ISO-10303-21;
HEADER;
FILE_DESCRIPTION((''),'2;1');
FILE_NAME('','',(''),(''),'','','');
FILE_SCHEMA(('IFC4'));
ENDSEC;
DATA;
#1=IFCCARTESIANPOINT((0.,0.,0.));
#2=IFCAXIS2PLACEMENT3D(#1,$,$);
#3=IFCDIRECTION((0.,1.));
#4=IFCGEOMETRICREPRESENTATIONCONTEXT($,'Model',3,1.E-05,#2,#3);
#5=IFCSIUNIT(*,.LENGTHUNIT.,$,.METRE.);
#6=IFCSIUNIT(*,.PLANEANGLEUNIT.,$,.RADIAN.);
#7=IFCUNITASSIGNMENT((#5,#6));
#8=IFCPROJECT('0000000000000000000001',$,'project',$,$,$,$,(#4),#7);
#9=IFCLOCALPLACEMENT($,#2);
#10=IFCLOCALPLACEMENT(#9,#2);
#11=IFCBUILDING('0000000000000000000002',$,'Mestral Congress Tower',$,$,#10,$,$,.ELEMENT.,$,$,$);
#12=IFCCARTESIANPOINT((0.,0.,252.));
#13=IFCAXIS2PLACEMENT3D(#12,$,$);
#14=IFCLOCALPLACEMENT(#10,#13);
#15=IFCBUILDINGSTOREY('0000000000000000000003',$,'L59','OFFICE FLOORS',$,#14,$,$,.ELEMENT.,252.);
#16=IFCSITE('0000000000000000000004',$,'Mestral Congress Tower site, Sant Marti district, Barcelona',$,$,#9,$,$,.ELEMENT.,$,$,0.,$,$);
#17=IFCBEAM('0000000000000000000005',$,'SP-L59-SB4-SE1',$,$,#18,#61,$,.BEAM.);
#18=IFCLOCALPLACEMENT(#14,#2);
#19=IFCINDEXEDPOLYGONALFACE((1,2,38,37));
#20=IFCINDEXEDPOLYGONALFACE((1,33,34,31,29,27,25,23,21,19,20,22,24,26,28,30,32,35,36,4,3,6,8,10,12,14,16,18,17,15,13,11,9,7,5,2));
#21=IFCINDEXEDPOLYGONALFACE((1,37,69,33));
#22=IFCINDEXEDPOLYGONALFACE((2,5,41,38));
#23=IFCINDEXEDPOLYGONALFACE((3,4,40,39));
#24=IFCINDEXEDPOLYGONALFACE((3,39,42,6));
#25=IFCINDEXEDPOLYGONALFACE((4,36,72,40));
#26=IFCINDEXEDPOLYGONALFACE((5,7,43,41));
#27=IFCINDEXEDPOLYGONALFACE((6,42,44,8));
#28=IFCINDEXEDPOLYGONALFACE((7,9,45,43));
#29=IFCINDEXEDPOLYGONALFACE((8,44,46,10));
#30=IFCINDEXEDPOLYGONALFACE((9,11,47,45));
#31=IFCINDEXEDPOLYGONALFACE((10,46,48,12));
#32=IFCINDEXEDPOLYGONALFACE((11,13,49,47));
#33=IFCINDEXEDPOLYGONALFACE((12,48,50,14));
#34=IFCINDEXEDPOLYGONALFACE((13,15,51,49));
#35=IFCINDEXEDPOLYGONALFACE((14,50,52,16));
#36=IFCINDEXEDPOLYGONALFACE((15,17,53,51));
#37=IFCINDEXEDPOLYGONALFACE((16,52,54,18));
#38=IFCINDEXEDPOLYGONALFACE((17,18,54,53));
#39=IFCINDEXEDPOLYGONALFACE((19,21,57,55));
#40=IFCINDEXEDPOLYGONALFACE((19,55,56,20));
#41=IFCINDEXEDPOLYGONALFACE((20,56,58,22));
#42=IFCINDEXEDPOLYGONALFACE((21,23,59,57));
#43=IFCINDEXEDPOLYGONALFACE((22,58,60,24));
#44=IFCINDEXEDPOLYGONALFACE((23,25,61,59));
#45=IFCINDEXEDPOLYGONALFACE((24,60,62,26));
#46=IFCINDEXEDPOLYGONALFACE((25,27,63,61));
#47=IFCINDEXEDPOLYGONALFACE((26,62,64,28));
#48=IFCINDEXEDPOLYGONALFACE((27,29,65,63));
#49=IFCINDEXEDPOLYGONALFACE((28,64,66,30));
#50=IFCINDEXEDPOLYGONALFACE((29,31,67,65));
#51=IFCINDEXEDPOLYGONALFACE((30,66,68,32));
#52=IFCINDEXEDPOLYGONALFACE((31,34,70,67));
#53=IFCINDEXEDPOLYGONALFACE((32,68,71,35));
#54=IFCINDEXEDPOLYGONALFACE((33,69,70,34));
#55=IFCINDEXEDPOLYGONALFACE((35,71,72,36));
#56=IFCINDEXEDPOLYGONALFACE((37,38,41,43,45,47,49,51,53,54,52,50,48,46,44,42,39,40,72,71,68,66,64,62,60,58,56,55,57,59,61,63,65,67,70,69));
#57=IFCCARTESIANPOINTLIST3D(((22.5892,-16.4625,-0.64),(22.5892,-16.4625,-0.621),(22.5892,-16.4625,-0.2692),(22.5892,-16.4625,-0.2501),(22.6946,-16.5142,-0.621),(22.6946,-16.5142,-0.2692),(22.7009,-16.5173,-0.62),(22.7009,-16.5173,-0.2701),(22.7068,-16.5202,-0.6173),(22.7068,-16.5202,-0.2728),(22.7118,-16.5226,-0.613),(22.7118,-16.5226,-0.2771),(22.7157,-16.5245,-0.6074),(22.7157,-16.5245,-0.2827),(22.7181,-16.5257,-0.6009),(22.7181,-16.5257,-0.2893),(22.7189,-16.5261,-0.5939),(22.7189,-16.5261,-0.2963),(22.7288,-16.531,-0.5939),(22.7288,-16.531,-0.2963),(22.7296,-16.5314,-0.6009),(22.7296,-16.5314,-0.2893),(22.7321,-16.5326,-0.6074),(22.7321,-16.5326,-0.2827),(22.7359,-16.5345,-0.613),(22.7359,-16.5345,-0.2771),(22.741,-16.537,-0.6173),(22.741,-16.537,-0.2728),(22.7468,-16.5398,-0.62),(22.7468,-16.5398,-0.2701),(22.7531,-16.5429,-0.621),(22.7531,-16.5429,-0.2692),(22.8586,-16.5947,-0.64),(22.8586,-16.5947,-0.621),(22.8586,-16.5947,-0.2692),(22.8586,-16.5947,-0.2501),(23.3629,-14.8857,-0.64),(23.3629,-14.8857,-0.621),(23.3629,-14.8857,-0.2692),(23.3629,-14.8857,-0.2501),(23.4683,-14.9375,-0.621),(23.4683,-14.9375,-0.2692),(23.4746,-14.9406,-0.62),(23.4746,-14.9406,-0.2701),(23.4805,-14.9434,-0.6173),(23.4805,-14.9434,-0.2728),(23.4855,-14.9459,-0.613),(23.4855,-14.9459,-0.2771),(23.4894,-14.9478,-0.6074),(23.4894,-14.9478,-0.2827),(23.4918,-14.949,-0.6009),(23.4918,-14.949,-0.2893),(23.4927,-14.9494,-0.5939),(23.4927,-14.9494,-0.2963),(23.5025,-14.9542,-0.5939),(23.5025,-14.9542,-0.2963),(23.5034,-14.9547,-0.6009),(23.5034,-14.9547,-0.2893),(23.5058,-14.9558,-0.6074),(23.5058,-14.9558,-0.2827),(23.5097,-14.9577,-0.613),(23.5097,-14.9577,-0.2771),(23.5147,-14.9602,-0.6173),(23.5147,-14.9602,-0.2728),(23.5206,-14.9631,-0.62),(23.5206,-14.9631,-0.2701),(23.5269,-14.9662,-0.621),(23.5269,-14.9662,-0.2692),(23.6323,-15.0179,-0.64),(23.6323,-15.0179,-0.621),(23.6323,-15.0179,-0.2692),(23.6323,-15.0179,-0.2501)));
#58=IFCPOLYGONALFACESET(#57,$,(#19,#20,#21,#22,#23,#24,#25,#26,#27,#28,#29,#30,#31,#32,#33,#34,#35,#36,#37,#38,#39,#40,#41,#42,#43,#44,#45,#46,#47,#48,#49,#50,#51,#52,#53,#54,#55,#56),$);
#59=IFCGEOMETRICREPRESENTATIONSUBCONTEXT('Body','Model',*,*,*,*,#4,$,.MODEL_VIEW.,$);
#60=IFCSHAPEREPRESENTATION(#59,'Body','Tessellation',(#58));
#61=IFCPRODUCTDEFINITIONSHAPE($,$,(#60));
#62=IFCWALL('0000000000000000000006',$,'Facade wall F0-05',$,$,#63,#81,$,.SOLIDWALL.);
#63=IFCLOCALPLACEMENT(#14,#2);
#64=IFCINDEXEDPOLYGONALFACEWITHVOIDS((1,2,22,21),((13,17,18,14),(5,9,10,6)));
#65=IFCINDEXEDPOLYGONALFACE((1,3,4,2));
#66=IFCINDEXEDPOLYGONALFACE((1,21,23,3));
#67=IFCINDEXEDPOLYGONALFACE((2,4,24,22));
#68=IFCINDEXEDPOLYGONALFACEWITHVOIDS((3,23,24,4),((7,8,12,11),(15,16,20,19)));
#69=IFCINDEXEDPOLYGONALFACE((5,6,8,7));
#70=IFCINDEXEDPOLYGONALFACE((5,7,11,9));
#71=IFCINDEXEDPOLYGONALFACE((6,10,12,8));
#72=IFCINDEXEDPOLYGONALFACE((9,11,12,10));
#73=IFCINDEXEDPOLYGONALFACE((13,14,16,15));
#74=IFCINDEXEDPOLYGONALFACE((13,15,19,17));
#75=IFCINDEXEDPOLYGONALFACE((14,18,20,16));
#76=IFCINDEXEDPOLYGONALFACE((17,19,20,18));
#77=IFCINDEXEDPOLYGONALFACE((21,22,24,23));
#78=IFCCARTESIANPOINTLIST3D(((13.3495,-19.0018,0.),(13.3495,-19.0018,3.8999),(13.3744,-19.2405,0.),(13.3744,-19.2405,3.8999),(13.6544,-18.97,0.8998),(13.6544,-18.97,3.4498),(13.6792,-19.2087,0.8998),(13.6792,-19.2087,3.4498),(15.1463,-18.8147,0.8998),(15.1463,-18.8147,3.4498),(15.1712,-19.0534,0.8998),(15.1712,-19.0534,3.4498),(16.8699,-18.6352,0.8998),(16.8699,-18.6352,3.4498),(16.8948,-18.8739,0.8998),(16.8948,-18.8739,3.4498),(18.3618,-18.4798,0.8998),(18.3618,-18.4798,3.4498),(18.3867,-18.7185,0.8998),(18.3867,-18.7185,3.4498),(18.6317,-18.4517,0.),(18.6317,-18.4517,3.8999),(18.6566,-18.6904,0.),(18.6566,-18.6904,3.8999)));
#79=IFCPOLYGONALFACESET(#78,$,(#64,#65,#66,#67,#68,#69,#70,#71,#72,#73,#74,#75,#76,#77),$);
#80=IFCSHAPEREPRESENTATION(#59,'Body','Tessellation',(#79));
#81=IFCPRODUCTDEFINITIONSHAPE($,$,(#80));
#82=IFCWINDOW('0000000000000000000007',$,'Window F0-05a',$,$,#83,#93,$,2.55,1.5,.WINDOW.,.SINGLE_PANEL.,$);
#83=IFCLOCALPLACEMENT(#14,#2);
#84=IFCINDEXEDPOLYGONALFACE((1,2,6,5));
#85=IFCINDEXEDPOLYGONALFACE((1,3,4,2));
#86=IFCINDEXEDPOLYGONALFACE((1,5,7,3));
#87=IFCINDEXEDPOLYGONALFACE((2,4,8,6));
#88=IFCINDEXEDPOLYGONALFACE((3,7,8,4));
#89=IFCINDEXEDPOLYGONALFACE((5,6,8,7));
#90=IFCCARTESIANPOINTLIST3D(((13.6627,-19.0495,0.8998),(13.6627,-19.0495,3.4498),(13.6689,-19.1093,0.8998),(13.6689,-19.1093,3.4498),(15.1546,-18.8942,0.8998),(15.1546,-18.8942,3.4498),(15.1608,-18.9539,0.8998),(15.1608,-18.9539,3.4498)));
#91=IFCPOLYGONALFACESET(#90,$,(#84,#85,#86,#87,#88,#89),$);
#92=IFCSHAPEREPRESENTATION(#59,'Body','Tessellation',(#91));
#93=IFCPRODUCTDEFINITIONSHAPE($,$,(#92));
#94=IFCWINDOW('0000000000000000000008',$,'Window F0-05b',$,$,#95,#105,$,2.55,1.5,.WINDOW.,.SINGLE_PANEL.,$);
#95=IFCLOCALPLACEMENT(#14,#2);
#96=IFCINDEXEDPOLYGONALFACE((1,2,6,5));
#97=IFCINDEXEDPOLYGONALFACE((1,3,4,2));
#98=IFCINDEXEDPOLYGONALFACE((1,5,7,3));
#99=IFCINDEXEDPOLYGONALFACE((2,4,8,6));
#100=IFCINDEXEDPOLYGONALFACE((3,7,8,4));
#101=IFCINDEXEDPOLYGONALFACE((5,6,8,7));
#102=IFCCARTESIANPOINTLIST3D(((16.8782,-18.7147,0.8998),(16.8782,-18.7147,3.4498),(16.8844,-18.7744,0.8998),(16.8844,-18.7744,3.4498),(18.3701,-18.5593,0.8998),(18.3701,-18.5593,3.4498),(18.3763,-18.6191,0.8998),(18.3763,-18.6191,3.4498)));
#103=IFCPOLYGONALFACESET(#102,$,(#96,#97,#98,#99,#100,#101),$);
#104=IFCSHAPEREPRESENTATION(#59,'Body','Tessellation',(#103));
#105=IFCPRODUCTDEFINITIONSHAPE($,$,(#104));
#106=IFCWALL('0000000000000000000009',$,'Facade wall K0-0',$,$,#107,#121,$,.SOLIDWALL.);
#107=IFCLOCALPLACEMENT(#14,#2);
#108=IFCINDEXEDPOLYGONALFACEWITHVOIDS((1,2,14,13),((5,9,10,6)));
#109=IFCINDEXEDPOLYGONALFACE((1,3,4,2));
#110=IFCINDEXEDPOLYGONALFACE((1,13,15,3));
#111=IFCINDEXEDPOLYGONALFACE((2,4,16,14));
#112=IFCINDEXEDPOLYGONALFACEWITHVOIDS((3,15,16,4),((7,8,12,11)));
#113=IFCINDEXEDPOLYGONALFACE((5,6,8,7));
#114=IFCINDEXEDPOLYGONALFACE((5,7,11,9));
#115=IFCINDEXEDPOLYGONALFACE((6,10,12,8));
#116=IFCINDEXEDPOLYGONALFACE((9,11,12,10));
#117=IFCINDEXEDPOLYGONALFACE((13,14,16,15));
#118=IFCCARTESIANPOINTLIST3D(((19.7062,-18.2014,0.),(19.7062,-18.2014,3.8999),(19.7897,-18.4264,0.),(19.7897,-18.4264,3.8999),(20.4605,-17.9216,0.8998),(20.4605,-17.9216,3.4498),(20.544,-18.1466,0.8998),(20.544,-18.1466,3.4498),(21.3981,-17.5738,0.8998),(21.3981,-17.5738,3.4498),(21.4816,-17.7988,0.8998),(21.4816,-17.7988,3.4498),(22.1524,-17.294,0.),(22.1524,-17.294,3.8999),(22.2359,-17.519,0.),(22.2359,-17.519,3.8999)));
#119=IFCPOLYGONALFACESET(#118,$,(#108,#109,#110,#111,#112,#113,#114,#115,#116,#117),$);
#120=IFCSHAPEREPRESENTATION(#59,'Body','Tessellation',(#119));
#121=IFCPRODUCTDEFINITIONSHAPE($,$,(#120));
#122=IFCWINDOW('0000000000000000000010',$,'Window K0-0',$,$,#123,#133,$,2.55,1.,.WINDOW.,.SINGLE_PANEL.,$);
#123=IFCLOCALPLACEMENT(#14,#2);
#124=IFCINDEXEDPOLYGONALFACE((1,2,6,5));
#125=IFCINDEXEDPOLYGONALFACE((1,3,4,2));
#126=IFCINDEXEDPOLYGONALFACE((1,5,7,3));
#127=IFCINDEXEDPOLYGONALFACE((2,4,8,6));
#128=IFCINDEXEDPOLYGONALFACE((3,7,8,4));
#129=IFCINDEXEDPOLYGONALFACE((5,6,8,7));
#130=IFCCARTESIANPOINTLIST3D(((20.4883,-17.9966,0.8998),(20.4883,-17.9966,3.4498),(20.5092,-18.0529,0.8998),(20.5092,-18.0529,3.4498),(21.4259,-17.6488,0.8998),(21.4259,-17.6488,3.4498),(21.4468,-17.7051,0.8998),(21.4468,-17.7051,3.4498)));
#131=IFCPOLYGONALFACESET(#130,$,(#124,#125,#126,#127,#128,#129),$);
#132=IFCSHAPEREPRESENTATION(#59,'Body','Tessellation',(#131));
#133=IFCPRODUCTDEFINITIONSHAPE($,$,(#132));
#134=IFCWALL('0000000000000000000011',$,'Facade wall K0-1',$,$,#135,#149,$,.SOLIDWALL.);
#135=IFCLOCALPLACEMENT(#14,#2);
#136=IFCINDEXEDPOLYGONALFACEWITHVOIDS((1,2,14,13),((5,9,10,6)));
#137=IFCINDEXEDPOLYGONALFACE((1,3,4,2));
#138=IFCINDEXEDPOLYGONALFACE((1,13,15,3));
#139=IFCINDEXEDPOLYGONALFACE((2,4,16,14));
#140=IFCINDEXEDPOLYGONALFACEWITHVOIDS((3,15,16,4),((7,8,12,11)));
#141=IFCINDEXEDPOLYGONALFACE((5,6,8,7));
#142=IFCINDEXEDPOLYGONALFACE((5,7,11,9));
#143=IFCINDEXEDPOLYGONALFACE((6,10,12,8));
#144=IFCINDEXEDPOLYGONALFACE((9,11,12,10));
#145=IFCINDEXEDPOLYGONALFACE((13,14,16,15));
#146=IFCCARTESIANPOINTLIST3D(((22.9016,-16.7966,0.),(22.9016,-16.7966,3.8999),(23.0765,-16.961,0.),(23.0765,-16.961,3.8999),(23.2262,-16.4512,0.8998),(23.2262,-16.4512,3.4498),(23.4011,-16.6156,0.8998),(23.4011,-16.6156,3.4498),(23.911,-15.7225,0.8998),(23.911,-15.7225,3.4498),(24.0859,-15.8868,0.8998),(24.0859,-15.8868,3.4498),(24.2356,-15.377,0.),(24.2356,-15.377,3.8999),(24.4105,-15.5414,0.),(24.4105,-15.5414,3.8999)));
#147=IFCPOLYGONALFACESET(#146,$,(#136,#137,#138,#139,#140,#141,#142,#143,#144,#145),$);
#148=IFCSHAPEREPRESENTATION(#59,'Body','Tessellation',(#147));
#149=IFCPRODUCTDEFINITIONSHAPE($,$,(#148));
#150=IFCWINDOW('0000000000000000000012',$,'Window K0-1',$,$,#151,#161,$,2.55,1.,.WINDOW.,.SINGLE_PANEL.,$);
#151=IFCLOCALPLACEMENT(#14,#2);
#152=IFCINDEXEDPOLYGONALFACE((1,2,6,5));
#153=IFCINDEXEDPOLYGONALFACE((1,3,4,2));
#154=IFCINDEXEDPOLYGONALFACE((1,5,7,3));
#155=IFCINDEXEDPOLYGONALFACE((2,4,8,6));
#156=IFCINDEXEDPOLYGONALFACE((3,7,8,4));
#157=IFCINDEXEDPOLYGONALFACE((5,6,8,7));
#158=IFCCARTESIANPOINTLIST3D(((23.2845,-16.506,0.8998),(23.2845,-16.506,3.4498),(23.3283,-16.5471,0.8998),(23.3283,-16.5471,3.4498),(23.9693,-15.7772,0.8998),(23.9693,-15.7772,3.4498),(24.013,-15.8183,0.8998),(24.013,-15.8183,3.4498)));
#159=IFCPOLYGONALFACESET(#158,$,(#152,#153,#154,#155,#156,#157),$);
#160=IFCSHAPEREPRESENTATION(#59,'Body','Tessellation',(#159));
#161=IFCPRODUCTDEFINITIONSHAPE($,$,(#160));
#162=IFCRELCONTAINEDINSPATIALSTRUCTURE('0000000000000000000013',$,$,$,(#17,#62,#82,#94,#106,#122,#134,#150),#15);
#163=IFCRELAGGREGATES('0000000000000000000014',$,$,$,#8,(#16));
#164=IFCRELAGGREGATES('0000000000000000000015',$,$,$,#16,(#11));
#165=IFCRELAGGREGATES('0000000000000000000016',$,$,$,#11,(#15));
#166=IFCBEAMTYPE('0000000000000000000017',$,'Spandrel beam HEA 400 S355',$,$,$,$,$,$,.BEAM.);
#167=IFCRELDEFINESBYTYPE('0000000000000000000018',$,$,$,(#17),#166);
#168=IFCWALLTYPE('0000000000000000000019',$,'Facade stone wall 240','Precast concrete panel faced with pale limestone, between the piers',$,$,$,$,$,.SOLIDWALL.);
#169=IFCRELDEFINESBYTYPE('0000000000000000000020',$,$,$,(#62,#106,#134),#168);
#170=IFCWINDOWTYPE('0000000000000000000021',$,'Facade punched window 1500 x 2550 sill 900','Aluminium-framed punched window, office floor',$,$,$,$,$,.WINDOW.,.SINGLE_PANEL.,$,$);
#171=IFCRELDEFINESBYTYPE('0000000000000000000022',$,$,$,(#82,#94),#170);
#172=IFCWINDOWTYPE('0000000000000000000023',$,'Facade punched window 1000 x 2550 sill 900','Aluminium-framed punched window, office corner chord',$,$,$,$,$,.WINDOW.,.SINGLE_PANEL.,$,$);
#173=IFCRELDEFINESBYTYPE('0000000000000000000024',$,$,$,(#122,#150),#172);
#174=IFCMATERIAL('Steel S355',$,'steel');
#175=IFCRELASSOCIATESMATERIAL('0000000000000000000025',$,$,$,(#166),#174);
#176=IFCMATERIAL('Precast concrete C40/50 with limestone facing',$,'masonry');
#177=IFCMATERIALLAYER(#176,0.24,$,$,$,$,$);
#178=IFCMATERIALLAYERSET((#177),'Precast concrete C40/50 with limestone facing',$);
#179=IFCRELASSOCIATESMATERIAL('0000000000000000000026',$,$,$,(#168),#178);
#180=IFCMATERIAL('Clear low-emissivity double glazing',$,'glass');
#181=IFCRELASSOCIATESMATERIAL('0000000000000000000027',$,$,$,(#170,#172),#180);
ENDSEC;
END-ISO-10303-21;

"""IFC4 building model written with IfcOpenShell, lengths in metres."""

from ifc_helpers import new_model, si_unit, direction, frame, frame_2d, origin, origin_2d, place, context, subcontext, project, spatial, rectangle, i_section, extrude, material, layer, layer_set, material_profile, profile_set, type_object, element, fill, save


model = new_model("IFC4")

# Units and contexts
model_context = context("Model", 3, precision=1e-05, world=origin(), true_north=direction((0.0, 1.0)))
body_context = subcontext(model_context, "Body", "Model", "MODEL_VIEW")
ifc_project = project(units=[si_unit("LENGTHUNIT", "METRE"), si_unit("PLANEANGLEUNIT", "RADIAN")], contexts=[model_context])

# Site, building, storey
site_placement = place(None, origin())
site = spatial("IfcSite", under=ifc_project, at=site_placement, Name="Mestral Congress Tower site, Sant Marti district, Barcelona", CompositionType="ELEMENT", RefElevation=0.0)
building_placement = place(site_placement, origin())
building = spatial("IfcBuilding", under=site, at=building_placement, Name="Mestral Congress Tower", CompositionType="ELEMENT")
storey_placement = place(building_placement, frame((0.0, 0.0, 252.0)))
storey = spatial("IfcBuildingStorey", under=building, at=storey_placement, Name="L59", Description="OFFICE FLOORS", CompositionType="ELEMENT", Elevation=252.0)

# Beam
ifc_material_1 = material(Name="Steel S355", Category="steel")
ifc_material_profile_1 = material_profile(ifc_material_1, i_section(OverallWidth=0.3, OverallDepth=0.3899, WebThickness=0.011, FlangeThickness=0.019, FilletRadius=0.0271, at=origin_2d()), Name="HEA 400")
ifc_profile_set_1 = profile_set([ifc_material_profile_1], Name="Steel S355")
beam_type_1 = type_object("IfcBeamType", Name="Spandrel beam HEA 400 S355", PredefinedType="BEAM", material=ifc_profile_set_1)
beam_1_placement = place(storey_placement, frame((22.7239, -16.5286, -0.4451), z_axis=(0.440529, 0.897739, 0.0), x_axis=(-0.897739, 0.440529, 0.0)))
element("IfcBeam", 1, at=beam_1_placement, inside=storey, type_object=beam_type_1, Name="SP-L59-SB4-SE1", PredefinedType="BEAM", context=body_context, shape_type="SweptSolid", body=[
    extrude(i_section(OverallWidth=0.3, OverallDepth=0.3899, WebThickness=0.011, FlangeThickness=0.019, FilletRadius=0.0271, at=origin_2d()), origin(), (0.0, 0.0, 1.0), 1.7563),
])

# Wall, openings, windows
ifc_material_2 = material(Name="Precast concrete C40/50 with limestone facing", Category="masonry")
ifc_layer_1 = layer(ifc_material_2, 0.24)
ifc_layer_set_1 = layer_set([ifc_layer_1], Name="Precast concrete C40/50 with limestone facing")
wall_type_1 = type_object("IfcWallType", Name="Facade stone wall 240", Description="Precast concrete panel faced with pale limestone, between the piers", PredefinedType="SOLIDWALL", material=ifc_layer_set_1)
wall_1_placement = place(storey_placement, frame((13.3621, -19.1211, 0.0), z_axis=(0.0, 0.0, 1.0), x_axis=(0.994622, 0.103572, 0.0)))
wall_1 = element("IfcWall", 2, at=wall_1_placement, inside=storey, type_object=wall_type_1, Name="Facade wall F0-05", PredefinedType="SOLIDWALL", context=body_context, shape_type="SweptSolid", body=[
    extrude(rectangle(XDim=5.3108, YDim=0.24, at=frame_2d((2.6553, 0.0))), origin(), (0.0, 0.0, 1.0), 3.8999),
])
opening_1_placement = place(wall_1_placement, frame((0.3064, 0.0, 0.8999)))
opening_1 = element("IfcOpeningElement", 3, at=opening_1_placement, cuts=wall_1, PredefinedType="OPENING", context=body_context, shape_type="SweptSolid", body=[
    extrude(rectangle(XDim=1.5, YDim=2.55, at=frame_2d((0.75, 1.2749))), frame((0.0, 0.1299, 0.0), z_axis=(0.0, -1.0, 0.0), x_axis=(1.0, 0.0, 0.0)), (0.0, 0.0, 1.0), 0.26),
])
opening_2_placement = place(wall_1_placement, frame((3.5393, 0.0, 0.8999)))
opening_2 = element("IfcOpeningElement", 4, at=opening_2_placement, cuts=wall_1, PredefinedType="OPENING", context=body_context, shape_type="SweptSolid", body=[
    extrude(rectangle(XDim=1.5, YDim=2.55, at=frame_2d((0.75, 1.2749))), frame((0.0, 0.1299, 0.0), z_axis=(0.0, -1.0, 0.0), x_axis=(1.0, 0.0, 0.0)), (0.0, 0.0, 1.0), 0.26),
])
ifc_material_3 = material(Name="Clear low-emissivity double glazing", Category="glass")
window_type_1 = type_object("IfcWindowType", Name="Facade punched window 1500 x 2550 sill 900", Description="Aluminium-framed punched window, office floor", PartitioningType="SINGLE_PANEL", PredefinedType="WINDOW", material=ifc_material_3)
window_1_placement = place(opening_1_placement, origin())
window_1 = element("IfcWindow", 5, at=window_1_placement, inside=storey, type_object=window_type_1, Name="Window F0-05a", OverallHeight=2.55, OverallWidth=1.5, PartitioningType="SINGLE_PANEL", PredefinedType="WINDOW", context=body_context, shape_type="SweptSolid", body=[
    extrude(rectangle(XDim=1.5, YDim=2.55, at=frame_2d((0.75, 1.2749))), frame((0.0, 0.04, 0.0), z_axis=(0.0, -1.0, 0.0), x_axis=(1.0, 0.0, 0.0)), (0.0, 0.0, 1.0), 0.0601),
])
fill(opening_1, window_1)
window_2_placement = place(opening_2_placement, origin())
window_2 = element("IfcWindow", 6, at=window_2_placement, inside=storey, type_object=window_type_1, Name="Window F0-05b", OverallHeight=2.55, OverallWidth=1.5, PartitioningType="SINGLE_PANEL", PredefinedType="WINDOW", context=body_context, shape_type="SweptSolid", body=[
    extrude(rectangle(XDim=1.5, YDim=2.55, at=frame_2d((0.75, 1.2749))), frame((0.0, 0.04, 0.0), z_axis=(0.0, -1.0, 0.0), x_axis=(1.0, 0.0, 0.0)), (0.0, 0.0, 1.0), 0.0601),
])
fill(opening_2, window_2)

# Walls, openings, windows
wall_2_placement = place(storey_placement, frame((19.7478, -18.314, 0.0), z_axis=(0.0, 0.0, 1.0), x_axis=(0.937569, 0.347799, 0.0)))
wall_2 = element("IfcWall", 7, at=wall_2_placement, inside=storey, type_object=wall_type_1, Name="Facade wall K0-0", PredefinedType="SOLIDWALL", context=body_context, shape_type="SweptSolid", body=[
    extrude(rectangle(XDim=2.6091, YDim=0.24, at=frame_2d((1.3047, 0.0))), origin(), (0.0, 0.0, 1.0), 3.8999),
])
opening_3_placement = place(wall_2_placement, frame((0.8047, 0.0, 0.8999)))
opening_3 = element("IfcOpeningElement", 8, at=opening_3_placement, cuts=wall_2, PredefinedType="OPENING", context=body_context, shape_type="SweptSolid", body=[
    extrude(rectangle(XDim=1.0, YDim=2.55, at=frame_2d((0.5, 1.2749))), frame((0.0, 0.1299, 0.0), z_axis=(0.0, -1.0, 0.0), x_axis=(1.0, 0.0, 0.0)), (0.0, 0.0, 1.0), 0.26),
])
window_type_2 = type_object("IfcWindowType", Name="Facade punched window 1000 x 2550 sill 900", Description="Aluminium-framed punched window, office corner chord", PartitioningType="SINGLE_PANEL", PredefinedType="WINDOW", material=ifc_material_3)
window_3_placement = place(opening_3_placement, origin())
window_3 = element("IfcWindow", 9, at=window_3_placement, inside=storey, type_object=window_type_2, Name="Window K0-0", OverallHeight=2.55, OverallWidth=1.0, PartitioningType="SINGLE_PANEL", PredefinedType="WINDOW", context=body_context, shape_type="SweptSolid", body=[
    extrude(rectangle(XDim=1.0, YDim=2.55, at=frame_2d((0.5, 1.2749))), frame((0.0, 0.04, 0.0), z_axis=(0.0, -1.0, 0.0), x_axis=(1.0, 0.0, 0.0)), (0.0, 0.0, 1.0), 0.0601),
])
fill(opening_3, window_3)
wall_3_placement = place(storey_placement, frame((22.989, -16.8789, 0.0), z_axis=(0.0, 0.0, 1.0), x_axis=(0.68477, 0.728759, 0.0)))
wall_3 = element("IfcWall", 10, at=wall_3_placement, inside=storey, type_object=wall_type_1, Name="Facade wall K0-1", PredefinedType="SOLIDWALL", context=body_context, shape_type="SweptSolid", body=[
    extrude(rectangle(XDim=1.948, YDim=0.24, at=frame_2d((0.9741, 0.0))), origin(), (0.0, 0.0, 1.0), 3.8999),
])
opening_4_placement = place(wall_3_placement, frame((0.4741, 0.0, 0.8999)))
opening_4 = element("IfcOpeningElement", 11, at=opening_4_placement, cuts=wall_3, PredefinedType="OPENING", context=body_context, shape_type="SweptSolid", body=[
    extrude(rectangle(XDim=1.0, YDim=2.55, at=frame_2d((0.5, 1.2749))), frame((0.0, 0.1299, 0.0), z_axis=(0.0, -1.0, 0.0), x_axis=(1.0, 0.0, 0.0)), (0.0, 0.0, 1.0), 0.26),
])
window_4_placement = place(opening_4_placement, origin())
window_4 = element("IfcWindow", 12, at=window_4_placement, inside=storey, type_object=window_type_2, Name="Window K0-1", OverallHeight=2.55, OverallWidth=1.0, PartitioningType="SINGLE_PANEL", PredefinedType="WINDOW", context=body_context, shape_type="SweptSolid", body=[
    extrude(rectangle(XDim=1.0, YDim=2.55, at=frame_2d((0.5, 1.2749))), frame((0.0, 0.04, 0.0), z_axis=(0.0, -1.0, 0.0), x_axis=(1.0, 0.0, 0.0)), (0.0, 0.0, 1.0), 0.0601),
])
fill(opening_4, window_4)

save(model, "model.ifc")
